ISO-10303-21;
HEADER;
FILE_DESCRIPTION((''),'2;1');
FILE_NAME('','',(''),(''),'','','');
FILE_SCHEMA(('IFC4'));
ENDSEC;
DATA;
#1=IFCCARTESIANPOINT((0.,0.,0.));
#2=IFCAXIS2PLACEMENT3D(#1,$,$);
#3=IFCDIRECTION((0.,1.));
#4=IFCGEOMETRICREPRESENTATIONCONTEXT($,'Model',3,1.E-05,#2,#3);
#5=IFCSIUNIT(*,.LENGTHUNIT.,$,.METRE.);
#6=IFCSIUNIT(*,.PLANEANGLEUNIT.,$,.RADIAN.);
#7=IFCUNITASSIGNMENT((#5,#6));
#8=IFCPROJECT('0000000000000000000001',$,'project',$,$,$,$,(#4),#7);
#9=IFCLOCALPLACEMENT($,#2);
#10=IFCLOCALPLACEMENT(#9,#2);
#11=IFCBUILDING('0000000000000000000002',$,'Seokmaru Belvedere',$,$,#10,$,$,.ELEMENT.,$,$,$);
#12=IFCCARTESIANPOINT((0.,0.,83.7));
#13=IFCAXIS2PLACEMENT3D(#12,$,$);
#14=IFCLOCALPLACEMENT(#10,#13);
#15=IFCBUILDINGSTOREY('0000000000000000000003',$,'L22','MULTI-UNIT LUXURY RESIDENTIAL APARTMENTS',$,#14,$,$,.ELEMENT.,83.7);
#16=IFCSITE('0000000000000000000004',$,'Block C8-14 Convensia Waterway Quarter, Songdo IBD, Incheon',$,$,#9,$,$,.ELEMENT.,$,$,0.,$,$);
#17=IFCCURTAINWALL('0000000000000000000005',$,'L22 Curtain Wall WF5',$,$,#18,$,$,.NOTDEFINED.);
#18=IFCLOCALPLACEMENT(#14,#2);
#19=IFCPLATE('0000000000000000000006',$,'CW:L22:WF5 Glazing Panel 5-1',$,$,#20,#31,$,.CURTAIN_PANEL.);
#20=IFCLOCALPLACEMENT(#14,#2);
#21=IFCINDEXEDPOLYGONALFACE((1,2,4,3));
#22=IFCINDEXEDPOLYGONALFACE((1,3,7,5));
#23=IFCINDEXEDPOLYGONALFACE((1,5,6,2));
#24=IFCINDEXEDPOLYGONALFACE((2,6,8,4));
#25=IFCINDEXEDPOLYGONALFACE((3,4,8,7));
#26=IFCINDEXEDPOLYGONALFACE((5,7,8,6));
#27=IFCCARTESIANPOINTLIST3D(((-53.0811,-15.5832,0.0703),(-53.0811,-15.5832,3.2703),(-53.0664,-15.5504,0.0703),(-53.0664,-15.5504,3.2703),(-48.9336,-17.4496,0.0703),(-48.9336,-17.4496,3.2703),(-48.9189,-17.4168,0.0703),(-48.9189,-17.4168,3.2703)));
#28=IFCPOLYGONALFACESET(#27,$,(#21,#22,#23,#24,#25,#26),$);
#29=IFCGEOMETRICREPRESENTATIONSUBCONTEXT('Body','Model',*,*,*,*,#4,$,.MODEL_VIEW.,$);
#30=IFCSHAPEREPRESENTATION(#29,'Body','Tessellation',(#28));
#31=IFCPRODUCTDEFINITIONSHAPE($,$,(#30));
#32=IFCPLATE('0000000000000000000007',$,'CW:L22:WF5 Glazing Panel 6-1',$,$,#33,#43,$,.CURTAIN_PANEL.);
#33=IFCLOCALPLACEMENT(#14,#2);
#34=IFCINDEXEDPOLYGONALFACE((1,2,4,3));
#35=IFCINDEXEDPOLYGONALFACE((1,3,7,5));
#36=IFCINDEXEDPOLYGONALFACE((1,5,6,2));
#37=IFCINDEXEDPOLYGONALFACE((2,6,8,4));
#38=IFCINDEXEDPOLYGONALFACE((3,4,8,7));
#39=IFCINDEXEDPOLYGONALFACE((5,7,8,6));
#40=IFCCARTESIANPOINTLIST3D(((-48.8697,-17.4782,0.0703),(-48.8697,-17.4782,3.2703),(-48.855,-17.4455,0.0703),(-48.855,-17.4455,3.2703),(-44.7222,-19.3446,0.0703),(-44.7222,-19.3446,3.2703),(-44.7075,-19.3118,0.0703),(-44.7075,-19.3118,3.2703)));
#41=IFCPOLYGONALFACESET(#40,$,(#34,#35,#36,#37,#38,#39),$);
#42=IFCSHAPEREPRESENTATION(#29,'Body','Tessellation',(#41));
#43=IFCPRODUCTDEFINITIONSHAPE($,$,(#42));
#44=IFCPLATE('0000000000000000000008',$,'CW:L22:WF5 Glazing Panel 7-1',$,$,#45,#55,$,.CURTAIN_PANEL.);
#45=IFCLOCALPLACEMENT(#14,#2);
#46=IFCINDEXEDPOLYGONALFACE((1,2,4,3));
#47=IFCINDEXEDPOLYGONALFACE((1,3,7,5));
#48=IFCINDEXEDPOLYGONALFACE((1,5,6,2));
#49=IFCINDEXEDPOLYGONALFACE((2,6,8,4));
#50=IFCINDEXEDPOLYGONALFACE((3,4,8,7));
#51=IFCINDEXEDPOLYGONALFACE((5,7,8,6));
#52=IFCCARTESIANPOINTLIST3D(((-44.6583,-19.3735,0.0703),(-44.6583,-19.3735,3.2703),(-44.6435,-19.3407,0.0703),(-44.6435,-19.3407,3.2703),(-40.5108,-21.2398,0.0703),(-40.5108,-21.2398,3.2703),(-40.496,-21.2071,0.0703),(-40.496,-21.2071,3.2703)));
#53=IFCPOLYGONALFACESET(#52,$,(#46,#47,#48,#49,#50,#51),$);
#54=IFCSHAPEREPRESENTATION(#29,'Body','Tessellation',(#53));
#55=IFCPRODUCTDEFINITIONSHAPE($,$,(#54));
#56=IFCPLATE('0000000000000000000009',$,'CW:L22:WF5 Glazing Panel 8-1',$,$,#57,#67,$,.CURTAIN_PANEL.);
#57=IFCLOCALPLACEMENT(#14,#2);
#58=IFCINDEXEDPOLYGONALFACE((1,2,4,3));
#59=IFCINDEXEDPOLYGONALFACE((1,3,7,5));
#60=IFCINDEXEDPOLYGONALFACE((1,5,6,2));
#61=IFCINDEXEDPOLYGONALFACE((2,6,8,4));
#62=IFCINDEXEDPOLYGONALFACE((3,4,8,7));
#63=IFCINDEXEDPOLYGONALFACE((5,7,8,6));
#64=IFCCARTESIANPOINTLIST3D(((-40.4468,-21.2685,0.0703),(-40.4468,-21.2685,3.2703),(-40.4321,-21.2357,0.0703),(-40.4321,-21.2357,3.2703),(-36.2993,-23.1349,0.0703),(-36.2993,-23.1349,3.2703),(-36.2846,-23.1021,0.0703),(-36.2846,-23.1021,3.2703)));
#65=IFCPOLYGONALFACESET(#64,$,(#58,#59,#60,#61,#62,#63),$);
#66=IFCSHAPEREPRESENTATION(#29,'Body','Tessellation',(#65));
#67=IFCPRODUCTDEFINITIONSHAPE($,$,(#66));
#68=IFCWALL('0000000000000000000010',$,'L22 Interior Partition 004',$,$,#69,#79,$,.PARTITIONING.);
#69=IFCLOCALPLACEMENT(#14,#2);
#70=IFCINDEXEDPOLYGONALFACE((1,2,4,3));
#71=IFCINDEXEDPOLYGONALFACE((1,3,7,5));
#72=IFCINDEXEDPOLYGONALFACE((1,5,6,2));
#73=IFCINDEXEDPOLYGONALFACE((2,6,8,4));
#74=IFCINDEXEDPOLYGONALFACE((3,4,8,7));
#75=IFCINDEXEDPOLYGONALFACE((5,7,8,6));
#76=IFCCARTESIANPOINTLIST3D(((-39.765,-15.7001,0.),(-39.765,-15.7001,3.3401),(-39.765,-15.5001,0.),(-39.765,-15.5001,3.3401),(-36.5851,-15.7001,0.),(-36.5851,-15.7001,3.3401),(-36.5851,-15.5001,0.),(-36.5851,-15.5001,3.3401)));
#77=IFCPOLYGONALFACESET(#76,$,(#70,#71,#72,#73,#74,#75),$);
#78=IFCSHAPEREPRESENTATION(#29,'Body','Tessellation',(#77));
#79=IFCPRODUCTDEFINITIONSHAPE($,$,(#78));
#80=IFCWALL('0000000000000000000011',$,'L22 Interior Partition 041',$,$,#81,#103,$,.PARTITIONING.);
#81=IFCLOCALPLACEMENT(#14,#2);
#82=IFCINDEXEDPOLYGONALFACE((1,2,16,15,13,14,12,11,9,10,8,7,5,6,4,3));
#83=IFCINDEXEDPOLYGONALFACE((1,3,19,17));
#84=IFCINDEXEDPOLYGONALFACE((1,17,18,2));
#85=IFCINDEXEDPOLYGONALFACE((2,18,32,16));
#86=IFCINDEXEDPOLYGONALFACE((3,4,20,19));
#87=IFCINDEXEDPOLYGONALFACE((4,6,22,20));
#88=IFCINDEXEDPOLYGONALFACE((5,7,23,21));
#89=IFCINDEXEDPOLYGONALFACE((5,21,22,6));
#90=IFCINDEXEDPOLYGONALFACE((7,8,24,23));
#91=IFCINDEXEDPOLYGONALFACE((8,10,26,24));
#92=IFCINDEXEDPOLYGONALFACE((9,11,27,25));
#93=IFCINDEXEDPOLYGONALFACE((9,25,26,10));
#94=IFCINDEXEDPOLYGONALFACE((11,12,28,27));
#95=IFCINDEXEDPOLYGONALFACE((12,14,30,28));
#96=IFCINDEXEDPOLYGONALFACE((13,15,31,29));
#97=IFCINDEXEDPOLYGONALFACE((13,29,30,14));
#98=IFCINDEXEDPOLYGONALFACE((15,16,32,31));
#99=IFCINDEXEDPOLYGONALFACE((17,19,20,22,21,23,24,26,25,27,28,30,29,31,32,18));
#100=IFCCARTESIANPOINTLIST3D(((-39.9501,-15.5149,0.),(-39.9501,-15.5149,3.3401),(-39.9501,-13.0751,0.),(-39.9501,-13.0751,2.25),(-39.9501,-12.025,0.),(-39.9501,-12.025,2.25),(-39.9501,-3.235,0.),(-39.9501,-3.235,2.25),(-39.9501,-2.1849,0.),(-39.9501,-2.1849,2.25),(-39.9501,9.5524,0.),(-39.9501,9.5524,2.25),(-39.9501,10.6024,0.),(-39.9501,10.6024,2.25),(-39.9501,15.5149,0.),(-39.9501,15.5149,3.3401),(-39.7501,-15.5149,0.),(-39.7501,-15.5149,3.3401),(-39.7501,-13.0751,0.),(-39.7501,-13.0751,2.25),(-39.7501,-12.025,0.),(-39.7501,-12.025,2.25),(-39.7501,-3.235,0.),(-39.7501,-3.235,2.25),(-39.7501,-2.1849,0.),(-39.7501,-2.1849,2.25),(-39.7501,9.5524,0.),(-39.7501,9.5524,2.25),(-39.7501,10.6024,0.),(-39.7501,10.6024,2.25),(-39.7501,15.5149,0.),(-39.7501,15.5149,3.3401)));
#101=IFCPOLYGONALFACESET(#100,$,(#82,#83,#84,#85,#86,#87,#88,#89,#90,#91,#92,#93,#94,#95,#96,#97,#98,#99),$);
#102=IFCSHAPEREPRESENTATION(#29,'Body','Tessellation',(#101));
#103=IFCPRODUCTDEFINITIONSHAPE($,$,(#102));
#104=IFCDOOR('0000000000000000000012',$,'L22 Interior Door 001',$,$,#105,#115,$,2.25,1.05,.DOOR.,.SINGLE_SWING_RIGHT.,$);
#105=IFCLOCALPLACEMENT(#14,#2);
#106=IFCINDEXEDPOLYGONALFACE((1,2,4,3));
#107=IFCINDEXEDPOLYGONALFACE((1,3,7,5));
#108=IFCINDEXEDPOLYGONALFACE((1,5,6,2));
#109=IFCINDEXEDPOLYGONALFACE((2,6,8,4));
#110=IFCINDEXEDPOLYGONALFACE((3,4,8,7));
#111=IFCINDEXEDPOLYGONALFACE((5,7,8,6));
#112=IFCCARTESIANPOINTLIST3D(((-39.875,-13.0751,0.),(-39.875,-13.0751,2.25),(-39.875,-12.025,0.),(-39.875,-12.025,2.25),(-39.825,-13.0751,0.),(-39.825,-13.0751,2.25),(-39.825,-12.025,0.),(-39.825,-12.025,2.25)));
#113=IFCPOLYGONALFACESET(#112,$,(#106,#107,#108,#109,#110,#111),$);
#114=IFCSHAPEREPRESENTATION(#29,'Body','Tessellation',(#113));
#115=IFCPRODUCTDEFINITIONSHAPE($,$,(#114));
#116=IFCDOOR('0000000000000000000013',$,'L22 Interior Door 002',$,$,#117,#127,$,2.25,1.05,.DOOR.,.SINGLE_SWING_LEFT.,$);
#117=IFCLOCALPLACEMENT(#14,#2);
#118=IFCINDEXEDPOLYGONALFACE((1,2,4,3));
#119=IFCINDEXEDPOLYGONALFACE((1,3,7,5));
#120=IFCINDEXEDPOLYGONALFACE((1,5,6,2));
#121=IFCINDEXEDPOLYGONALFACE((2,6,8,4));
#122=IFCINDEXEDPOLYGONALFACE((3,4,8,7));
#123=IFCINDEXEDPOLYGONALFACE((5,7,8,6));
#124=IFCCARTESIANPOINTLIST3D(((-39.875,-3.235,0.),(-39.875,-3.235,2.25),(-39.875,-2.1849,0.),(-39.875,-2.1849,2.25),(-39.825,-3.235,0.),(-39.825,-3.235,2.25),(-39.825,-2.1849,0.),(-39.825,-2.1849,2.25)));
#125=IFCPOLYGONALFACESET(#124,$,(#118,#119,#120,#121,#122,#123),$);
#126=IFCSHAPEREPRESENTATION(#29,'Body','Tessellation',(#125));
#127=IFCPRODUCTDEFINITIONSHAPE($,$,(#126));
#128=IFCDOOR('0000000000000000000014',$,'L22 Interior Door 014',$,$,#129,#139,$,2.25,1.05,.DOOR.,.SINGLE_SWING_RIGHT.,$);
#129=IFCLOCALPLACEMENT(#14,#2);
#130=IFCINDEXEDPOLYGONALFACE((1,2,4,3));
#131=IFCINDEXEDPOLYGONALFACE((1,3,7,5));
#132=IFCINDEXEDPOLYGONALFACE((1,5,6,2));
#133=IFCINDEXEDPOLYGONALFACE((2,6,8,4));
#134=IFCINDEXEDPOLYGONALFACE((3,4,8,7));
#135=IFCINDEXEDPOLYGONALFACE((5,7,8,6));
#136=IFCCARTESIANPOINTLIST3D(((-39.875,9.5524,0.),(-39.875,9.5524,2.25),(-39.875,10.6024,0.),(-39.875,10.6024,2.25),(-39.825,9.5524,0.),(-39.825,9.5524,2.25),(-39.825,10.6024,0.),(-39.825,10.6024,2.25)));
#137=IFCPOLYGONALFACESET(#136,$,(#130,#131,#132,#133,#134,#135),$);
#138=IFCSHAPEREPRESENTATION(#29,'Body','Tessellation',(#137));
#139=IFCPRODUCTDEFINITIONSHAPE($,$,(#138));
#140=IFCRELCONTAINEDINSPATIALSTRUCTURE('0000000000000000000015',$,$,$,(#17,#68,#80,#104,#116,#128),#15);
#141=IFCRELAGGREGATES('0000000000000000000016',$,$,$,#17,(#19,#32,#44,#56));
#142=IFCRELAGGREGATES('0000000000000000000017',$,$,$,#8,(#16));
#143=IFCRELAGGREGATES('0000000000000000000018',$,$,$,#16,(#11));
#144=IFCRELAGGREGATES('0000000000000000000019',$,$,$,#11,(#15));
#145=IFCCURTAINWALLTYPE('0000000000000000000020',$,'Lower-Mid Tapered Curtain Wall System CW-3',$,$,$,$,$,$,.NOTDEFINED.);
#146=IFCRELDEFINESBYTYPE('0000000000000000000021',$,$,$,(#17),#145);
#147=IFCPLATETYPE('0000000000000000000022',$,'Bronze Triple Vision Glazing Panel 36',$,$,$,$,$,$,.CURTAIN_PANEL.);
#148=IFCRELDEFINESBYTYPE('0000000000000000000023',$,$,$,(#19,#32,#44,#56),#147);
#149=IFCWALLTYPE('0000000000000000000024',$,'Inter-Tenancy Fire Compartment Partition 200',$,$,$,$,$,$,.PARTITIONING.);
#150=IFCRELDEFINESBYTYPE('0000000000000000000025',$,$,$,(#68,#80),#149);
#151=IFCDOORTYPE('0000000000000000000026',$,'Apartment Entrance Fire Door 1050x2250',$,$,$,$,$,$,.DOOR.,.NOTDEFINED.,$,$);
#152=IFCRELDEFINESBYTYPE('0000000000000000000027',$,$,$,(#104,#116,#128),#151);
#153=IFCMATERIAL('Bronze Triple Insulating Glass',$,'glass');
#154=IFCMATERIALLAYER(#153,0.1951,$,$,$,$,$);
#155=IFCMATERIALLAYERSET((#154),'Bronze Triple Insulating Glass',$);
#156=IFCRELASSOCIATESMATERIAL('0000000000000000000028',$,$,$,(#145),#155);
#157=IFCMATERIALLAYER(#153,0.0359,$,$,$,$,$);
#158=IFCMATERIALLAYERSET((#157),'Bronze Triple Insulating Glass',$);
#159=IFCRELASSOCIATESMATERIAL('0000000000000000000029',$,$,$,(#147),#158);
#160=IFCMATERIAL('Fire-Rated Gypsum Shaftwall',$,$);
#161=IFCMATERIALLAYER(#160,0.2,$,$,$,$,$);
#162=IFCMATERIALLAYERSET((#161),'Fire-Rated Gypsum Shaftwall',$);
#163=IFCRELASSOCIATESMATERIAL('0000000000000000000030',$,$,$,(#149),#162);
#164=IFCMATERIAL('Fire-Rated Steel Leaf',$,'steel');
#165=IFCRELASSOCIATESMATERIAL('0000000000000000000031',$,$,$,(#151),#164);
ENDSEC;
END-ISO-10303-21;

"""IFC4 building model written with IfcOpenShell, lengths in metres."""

from ifc_helpers import new_model, si_unit, direction, frame, frame_2d, origin, origin_2d, place, context, subcontext, project, spatial, rectangle, extrude, source, transform, mapped, material, layer, layer_set, type_object, type_shapes, element, fill, aggregate, save


model = new_model("IFC4")

# Units and contexts
model_context = context("Model", 3, precision=1e-05, world=origin(), true_north=direction((0.0, 1.0)))
body_context = subcontext(model_context, "Body", "Model", "MODEL_VIEW")
ifc_project = project(units=[si_unit("LENGTHUNIT", "METRE"), si_unit("PLANEANGLEUNIT", "RADIAN")], contexts=[model_context])

# Site, building, storey
site_placement = place(None, origin())
site = spatial("IfcSite", under=ifc_project, at=site_placement, Name="Block C8-14 Convensia Waterway Quarter, Songdo IBD, Incheon", CompositionType="ELEMENT", RefElevation=0.0)
building_placement = place(site_placement, origin())
building = spatial("IfcBuilding", under=site, at=building_placement, Name="Seokmaru Belvedere", CompositionType="ELEMENT")
storey_placement = place(building_placement, frame((0.0, 0.0, 83.7)))
storey = spatial("IfcBuildingStorey", under=building, at=storey_placement, Name="L22", Description="MULTI-UNIT LUXURY RESIDENTIAL APARTMENTS", CompositionType="ELEMENT", Elevation=83.7)

# Curtain wall, plates
ifc_material_1 = material(Name="Bronze Triple Insulating Glass", Category="glass")
ifc_layer_1 = layer(ifc_material_1, 0.1951)
ifc_layer_set_1 = layer_set([ifc_layer_1], Name="Bronze Triple Insulating Glass")
curtain_wall_type = type_object("IfcCurtainWallType", Name="Lower-Mid Tapered Curtain Wall System CW-3", PredefinedType="NOTDEFINED", material=ifc_layer_set_1)
curtain_wall_placement = place(storey_placement, origin())
curtain_wall = element("IfcCurtainWall", 1, at=curtain_wall_placement, inside=storey, type_object=curtain_wall_type, Name="L22 Curtain Wall WF5", PredefinedType="NOTDEFINED")
ifc_layer_2 = layer(ifc_material_1, 0.0359)
ifc_layer_set_2 = layer_set([ifc_layer_2], Name="Bronze Triple Insulating Glass")
plate_type = type_object("IfcPlateType", Name="Bronze Triple Vision Glazing Panel 36", PredefinedType="CURTAIN_PANEL", material=ifc_layer_set_2)
shared_shape_1 = source(origin(), body_context, "Body", "SweptSolid", [
    extrude(rectangle(XDim=4.5481, YDim=0.0359, at=origin_2d()), origin(), (0.0, 0.0, 1.0), 3.2),
])
type_shapes(plate_type, [shared_shape_1])
plate_1_placement = place(storey_placement, frame((-51.0, -16.5, 0.0703), z_axis=(0.0, 0.0, 1.0), x_axis=(0.911921, -0.410366, 0.0)))
plate_1 = element("IfcPlate", 2, at=plate_1_placement, type_object=plate_type, Name="CW:L22:WF5 Glazing Panel 5-1", PredefinedType="CURTAIN_PANEL", context=body_context, shape_type="MappedRepresentation", body=[
    mapped(shared_shape_1, transform((0.0, 0.0, 0.0), scale=1.0)),
])
plate_2_placement = place(storey_placement, frame((-46.7886, -18.395, 0.0703), z_axis=(0.0, 0.0, 1.0), x_axis=(0.911921, -0.410366, 0.0)))
plate_2 = element("IfcPlate", 3, at=plate_2_placement, type_object=plate_type, Name="CW:L22:WF5 Glazing Panel 6-1", PredefinedType="CURTAIN_PANEL", context=body_context, shape_type="MappedRepresentation", body=[
    mapped(shared_shape_1, transform((0.0, 0.0, 0.0), scale=1.0)),
])
plate_3_placement = place(storey_placement, frame((-42.5771, -20.2903, 0.0703), z_axis=(0.0, 0.0, 1.0), x_axis=(0.911921, -0.410366, 0.0)))
plate_3 = element("IfcPlate", 4, at=plate_3_placement, type_object=plate_type, Name="CW:L22:WF5 Glazing Panel 7-1", PredefinedType="CURTAIN_PANEL", context=body_context, shape_type="MappedRepresentation", body=[
    mapped(shared_shape_1, transform((0.0, 0.0, 0.0), scale=1.0)),
])
plate_4_placement = place(storey_placement, frame((-38.3657, -22.1853, 0.0703), z_axis=(0.0, 0.0, 1.0), x_axis=(0.911921, -0.410366, 0.0)))
plate_4 = element("IfcPlate", 5, at=plate_4_placement, type_object=plate_type, Name="CW:L22:WF5 Glazing Panel 8-1", PredefinedType="CURTAIN_PANEL", context=body_context, shape_type="MappedRepresentation", body=[
    mapped(shared_shape_1, transform((0.0, 0.0, 0.0), scale=1.0)),
])
aggregate(curtain_wall, [plate_1, plate_2, plate_3, plate_4])

# Wall
ifc_material_2 = material(Name="Fire-Rated Gypsum Shaftwall")
ifc_layer_3 = layer(ifc_material_2, 0.2)
ifc_layer_set_3 = layer_set([ifc_layer_3], Name="Fire-Rated Gypsum Shaftwall")
wall_type = type_object("IfcWallType", Name="Inter-Tenancy Fire Compartment Partition 200", PredefinedType="PARTITIONING", material=ifc_layer_set_3)
wall_1_placement = place(storey_placement, frame((-39.7649, -15.6001, 0.0), z_axis=(0.0, 0.0, 1.0), x_axis=(1.0, 0.0, 0.0)))
element("IfcWall", 6, at=wall_1_placement, inside=storey, type_object=wall_type, Name="L22 Interior Partition 004", PredefinedType="PARTITIONING", context=body_context, shape_type="SweptSolid", body=[
    extrude(rectangle(XDim=3.1799, YDim=0.2, at=frame_2d((1.5898, 0.0))), origin(), (0.0, 0.0, 1.0), 3.3401),
])

# Wall, openings, doors
wall_2_placement = place(storey_placement, frame((-39.8501, -15.5149, 0.0), z_axis=(0.0, 0.0, 1.0), x_axis=(0.0, 1.0, 0.0)))
wall_2 = element("IfcWall", 7, at=wall_2_placement, inside=storey, type_object=wall_type, Name="L22 Interior Partition 041", PredefinedType="PARTITIONING", context=body_context, shape_type="SweptSolid", body=[
    extrude(rectangle(XDim=31.0298, YDim=0.2, at=frame_2d((15.5149, 0.0))), origin(), (0.0, 0.0, 1.0), 3.3401),
])
opening_1_placement = place(wall_2_placement, frame((2.4399, 0.0, 0.0)))
opening_1 = element("IfcOpeningElement", 8, at=opening_1_placement, cuts=wall_2, PredefinedType="OPENING", context=body_context, shape_type="SweptSolid", body=[
    extrude(rectangle(XDim=1.05, YDim=2.25, at=frame_2d((0.5249, 1.125))), frame((0.0, 0.1099, 0.0), z_axis=(0.0, -1.0, 0.0), x_axis=(1.0, 0.0, 0.0)), (0.0, 0.0, 1.0), 0.22),
])
opening_2_placement = place(wall_2_placement, frame((12.28, 0.0, 0.0)))
opening_2 = element("IfcOpeningElement", 9, at=opening_2_placement, cuts=wall_2, PredefinedType="OPENING", context=body_context, shape_type="SweptSolid", body=[
    extrude(rectangle(XDim=1.05, YDim=2.25, at=frame_2d((0.5249, 1.125))), frame((0.0, 0.1099, 0.0), z_axis=(0.0, -1.0, 0.0), x_axis=(1.0, 0.0, 0.0)), (0.0, 0.0, 1.0), 0.22),
])
opening_3_placement = place(wall_2_placement, frame((25.0674, 0.0, 0.0)))
opening_3 = element("IfcOpeningElement", 10, at=opening_3_placement, cuts=wall_2, PredefinedType="OPENING", context=body_context, shape_type="SweptSolid", body=[
    extrude(rectangle(XDim=1.05, YDim=2.25, at=frame_2d((0.5249, 1.125))), frame((0.0, 0.1099, 0.0), z_axis=(0.0, -1.0, 0.0), x_axis=(1.0, 0.0, 0.0)), (0.0, 0.0, 1.0), 0.22),
])
ifc_material_3 = material(Name="Fire-Rated Steel Leaf", Category="steel")
door_type = type_object("IfcDoorType", Name="Apartment Entrance Fire Door 1050x2250", OperationType="NOTDEFINED", PredefinedType="DOOR", material=ifc_material_3)
shared_shape_2 = source(origin(), body_context, "Body", "SweptSolid", [
    extrude(rectangle(XDim=1.05, YDim=2.25, at=frame_2d((0.5249, 1.125))), frame((0.0, 0.0249, 0.0), z_axis=(0.0, -1.0, 0.0), x_axis=(1.0, 0.0, 0.0)), (0.0, 0.0, 1.0), 0.05),
])
type_shapes(door_type, [shared_shape_2])
door_1_placement = place(opening_1_placement, origin())
door_1 = element("IfcDoor", 11, at=door_1_placement, inside=storey, type_object=door_type, Name="L22 Interior Door 001", OperationType="SINGLE_SWING_RIGHT", OverallHeight=2.25, OverallWidth=1.05, PredefinedType="DOOR", context=body_context, shape_type="MappedRepresentation", body=[
    mapped(shared_shape_2, transform((0.0, 0.0, 0.0), scale=1.0)),
])
fill(opening_1, door_1)
door_2_placement = place(opening_2_placement, origin())
door_2 = element("IfcDoor", 12, at=door_2_placement, inside=storey, type_object=door_type, Name="L22 Interior Door 002", OperationType="SINGLE_SWING_LEFT", OverallHeight=2.25, OverallWidth=1.05, PredefinedType="DOOR", context=body_context, shape_type="MappedRepresentation", body=[
    mapped(shared_shape_2, transform((0.0, 0.0, 0.0), scale=1.0)),
])
fill(opening_2, door_2)
door_3_placement = place(opening_3_placement, origin())
door_3 = element("IfcDoor", 13, at=door_3_placement, inside=storey, type_object=door_type, Name="L22 Interior Door 014", OperationType="SINGLE_SWING_RIGHT", OverallHeight=2.25, OverallWidth=1.05, PredefinedType="DOOR", context=body_context, shape_type="MappedRepresentation", body=[
    mapped(shared_shape_2, transform((0.0, 0.0, 0.0), scale=1.0)),
])
fill(opening_3, door_3)

save(model, "model.ifc")
